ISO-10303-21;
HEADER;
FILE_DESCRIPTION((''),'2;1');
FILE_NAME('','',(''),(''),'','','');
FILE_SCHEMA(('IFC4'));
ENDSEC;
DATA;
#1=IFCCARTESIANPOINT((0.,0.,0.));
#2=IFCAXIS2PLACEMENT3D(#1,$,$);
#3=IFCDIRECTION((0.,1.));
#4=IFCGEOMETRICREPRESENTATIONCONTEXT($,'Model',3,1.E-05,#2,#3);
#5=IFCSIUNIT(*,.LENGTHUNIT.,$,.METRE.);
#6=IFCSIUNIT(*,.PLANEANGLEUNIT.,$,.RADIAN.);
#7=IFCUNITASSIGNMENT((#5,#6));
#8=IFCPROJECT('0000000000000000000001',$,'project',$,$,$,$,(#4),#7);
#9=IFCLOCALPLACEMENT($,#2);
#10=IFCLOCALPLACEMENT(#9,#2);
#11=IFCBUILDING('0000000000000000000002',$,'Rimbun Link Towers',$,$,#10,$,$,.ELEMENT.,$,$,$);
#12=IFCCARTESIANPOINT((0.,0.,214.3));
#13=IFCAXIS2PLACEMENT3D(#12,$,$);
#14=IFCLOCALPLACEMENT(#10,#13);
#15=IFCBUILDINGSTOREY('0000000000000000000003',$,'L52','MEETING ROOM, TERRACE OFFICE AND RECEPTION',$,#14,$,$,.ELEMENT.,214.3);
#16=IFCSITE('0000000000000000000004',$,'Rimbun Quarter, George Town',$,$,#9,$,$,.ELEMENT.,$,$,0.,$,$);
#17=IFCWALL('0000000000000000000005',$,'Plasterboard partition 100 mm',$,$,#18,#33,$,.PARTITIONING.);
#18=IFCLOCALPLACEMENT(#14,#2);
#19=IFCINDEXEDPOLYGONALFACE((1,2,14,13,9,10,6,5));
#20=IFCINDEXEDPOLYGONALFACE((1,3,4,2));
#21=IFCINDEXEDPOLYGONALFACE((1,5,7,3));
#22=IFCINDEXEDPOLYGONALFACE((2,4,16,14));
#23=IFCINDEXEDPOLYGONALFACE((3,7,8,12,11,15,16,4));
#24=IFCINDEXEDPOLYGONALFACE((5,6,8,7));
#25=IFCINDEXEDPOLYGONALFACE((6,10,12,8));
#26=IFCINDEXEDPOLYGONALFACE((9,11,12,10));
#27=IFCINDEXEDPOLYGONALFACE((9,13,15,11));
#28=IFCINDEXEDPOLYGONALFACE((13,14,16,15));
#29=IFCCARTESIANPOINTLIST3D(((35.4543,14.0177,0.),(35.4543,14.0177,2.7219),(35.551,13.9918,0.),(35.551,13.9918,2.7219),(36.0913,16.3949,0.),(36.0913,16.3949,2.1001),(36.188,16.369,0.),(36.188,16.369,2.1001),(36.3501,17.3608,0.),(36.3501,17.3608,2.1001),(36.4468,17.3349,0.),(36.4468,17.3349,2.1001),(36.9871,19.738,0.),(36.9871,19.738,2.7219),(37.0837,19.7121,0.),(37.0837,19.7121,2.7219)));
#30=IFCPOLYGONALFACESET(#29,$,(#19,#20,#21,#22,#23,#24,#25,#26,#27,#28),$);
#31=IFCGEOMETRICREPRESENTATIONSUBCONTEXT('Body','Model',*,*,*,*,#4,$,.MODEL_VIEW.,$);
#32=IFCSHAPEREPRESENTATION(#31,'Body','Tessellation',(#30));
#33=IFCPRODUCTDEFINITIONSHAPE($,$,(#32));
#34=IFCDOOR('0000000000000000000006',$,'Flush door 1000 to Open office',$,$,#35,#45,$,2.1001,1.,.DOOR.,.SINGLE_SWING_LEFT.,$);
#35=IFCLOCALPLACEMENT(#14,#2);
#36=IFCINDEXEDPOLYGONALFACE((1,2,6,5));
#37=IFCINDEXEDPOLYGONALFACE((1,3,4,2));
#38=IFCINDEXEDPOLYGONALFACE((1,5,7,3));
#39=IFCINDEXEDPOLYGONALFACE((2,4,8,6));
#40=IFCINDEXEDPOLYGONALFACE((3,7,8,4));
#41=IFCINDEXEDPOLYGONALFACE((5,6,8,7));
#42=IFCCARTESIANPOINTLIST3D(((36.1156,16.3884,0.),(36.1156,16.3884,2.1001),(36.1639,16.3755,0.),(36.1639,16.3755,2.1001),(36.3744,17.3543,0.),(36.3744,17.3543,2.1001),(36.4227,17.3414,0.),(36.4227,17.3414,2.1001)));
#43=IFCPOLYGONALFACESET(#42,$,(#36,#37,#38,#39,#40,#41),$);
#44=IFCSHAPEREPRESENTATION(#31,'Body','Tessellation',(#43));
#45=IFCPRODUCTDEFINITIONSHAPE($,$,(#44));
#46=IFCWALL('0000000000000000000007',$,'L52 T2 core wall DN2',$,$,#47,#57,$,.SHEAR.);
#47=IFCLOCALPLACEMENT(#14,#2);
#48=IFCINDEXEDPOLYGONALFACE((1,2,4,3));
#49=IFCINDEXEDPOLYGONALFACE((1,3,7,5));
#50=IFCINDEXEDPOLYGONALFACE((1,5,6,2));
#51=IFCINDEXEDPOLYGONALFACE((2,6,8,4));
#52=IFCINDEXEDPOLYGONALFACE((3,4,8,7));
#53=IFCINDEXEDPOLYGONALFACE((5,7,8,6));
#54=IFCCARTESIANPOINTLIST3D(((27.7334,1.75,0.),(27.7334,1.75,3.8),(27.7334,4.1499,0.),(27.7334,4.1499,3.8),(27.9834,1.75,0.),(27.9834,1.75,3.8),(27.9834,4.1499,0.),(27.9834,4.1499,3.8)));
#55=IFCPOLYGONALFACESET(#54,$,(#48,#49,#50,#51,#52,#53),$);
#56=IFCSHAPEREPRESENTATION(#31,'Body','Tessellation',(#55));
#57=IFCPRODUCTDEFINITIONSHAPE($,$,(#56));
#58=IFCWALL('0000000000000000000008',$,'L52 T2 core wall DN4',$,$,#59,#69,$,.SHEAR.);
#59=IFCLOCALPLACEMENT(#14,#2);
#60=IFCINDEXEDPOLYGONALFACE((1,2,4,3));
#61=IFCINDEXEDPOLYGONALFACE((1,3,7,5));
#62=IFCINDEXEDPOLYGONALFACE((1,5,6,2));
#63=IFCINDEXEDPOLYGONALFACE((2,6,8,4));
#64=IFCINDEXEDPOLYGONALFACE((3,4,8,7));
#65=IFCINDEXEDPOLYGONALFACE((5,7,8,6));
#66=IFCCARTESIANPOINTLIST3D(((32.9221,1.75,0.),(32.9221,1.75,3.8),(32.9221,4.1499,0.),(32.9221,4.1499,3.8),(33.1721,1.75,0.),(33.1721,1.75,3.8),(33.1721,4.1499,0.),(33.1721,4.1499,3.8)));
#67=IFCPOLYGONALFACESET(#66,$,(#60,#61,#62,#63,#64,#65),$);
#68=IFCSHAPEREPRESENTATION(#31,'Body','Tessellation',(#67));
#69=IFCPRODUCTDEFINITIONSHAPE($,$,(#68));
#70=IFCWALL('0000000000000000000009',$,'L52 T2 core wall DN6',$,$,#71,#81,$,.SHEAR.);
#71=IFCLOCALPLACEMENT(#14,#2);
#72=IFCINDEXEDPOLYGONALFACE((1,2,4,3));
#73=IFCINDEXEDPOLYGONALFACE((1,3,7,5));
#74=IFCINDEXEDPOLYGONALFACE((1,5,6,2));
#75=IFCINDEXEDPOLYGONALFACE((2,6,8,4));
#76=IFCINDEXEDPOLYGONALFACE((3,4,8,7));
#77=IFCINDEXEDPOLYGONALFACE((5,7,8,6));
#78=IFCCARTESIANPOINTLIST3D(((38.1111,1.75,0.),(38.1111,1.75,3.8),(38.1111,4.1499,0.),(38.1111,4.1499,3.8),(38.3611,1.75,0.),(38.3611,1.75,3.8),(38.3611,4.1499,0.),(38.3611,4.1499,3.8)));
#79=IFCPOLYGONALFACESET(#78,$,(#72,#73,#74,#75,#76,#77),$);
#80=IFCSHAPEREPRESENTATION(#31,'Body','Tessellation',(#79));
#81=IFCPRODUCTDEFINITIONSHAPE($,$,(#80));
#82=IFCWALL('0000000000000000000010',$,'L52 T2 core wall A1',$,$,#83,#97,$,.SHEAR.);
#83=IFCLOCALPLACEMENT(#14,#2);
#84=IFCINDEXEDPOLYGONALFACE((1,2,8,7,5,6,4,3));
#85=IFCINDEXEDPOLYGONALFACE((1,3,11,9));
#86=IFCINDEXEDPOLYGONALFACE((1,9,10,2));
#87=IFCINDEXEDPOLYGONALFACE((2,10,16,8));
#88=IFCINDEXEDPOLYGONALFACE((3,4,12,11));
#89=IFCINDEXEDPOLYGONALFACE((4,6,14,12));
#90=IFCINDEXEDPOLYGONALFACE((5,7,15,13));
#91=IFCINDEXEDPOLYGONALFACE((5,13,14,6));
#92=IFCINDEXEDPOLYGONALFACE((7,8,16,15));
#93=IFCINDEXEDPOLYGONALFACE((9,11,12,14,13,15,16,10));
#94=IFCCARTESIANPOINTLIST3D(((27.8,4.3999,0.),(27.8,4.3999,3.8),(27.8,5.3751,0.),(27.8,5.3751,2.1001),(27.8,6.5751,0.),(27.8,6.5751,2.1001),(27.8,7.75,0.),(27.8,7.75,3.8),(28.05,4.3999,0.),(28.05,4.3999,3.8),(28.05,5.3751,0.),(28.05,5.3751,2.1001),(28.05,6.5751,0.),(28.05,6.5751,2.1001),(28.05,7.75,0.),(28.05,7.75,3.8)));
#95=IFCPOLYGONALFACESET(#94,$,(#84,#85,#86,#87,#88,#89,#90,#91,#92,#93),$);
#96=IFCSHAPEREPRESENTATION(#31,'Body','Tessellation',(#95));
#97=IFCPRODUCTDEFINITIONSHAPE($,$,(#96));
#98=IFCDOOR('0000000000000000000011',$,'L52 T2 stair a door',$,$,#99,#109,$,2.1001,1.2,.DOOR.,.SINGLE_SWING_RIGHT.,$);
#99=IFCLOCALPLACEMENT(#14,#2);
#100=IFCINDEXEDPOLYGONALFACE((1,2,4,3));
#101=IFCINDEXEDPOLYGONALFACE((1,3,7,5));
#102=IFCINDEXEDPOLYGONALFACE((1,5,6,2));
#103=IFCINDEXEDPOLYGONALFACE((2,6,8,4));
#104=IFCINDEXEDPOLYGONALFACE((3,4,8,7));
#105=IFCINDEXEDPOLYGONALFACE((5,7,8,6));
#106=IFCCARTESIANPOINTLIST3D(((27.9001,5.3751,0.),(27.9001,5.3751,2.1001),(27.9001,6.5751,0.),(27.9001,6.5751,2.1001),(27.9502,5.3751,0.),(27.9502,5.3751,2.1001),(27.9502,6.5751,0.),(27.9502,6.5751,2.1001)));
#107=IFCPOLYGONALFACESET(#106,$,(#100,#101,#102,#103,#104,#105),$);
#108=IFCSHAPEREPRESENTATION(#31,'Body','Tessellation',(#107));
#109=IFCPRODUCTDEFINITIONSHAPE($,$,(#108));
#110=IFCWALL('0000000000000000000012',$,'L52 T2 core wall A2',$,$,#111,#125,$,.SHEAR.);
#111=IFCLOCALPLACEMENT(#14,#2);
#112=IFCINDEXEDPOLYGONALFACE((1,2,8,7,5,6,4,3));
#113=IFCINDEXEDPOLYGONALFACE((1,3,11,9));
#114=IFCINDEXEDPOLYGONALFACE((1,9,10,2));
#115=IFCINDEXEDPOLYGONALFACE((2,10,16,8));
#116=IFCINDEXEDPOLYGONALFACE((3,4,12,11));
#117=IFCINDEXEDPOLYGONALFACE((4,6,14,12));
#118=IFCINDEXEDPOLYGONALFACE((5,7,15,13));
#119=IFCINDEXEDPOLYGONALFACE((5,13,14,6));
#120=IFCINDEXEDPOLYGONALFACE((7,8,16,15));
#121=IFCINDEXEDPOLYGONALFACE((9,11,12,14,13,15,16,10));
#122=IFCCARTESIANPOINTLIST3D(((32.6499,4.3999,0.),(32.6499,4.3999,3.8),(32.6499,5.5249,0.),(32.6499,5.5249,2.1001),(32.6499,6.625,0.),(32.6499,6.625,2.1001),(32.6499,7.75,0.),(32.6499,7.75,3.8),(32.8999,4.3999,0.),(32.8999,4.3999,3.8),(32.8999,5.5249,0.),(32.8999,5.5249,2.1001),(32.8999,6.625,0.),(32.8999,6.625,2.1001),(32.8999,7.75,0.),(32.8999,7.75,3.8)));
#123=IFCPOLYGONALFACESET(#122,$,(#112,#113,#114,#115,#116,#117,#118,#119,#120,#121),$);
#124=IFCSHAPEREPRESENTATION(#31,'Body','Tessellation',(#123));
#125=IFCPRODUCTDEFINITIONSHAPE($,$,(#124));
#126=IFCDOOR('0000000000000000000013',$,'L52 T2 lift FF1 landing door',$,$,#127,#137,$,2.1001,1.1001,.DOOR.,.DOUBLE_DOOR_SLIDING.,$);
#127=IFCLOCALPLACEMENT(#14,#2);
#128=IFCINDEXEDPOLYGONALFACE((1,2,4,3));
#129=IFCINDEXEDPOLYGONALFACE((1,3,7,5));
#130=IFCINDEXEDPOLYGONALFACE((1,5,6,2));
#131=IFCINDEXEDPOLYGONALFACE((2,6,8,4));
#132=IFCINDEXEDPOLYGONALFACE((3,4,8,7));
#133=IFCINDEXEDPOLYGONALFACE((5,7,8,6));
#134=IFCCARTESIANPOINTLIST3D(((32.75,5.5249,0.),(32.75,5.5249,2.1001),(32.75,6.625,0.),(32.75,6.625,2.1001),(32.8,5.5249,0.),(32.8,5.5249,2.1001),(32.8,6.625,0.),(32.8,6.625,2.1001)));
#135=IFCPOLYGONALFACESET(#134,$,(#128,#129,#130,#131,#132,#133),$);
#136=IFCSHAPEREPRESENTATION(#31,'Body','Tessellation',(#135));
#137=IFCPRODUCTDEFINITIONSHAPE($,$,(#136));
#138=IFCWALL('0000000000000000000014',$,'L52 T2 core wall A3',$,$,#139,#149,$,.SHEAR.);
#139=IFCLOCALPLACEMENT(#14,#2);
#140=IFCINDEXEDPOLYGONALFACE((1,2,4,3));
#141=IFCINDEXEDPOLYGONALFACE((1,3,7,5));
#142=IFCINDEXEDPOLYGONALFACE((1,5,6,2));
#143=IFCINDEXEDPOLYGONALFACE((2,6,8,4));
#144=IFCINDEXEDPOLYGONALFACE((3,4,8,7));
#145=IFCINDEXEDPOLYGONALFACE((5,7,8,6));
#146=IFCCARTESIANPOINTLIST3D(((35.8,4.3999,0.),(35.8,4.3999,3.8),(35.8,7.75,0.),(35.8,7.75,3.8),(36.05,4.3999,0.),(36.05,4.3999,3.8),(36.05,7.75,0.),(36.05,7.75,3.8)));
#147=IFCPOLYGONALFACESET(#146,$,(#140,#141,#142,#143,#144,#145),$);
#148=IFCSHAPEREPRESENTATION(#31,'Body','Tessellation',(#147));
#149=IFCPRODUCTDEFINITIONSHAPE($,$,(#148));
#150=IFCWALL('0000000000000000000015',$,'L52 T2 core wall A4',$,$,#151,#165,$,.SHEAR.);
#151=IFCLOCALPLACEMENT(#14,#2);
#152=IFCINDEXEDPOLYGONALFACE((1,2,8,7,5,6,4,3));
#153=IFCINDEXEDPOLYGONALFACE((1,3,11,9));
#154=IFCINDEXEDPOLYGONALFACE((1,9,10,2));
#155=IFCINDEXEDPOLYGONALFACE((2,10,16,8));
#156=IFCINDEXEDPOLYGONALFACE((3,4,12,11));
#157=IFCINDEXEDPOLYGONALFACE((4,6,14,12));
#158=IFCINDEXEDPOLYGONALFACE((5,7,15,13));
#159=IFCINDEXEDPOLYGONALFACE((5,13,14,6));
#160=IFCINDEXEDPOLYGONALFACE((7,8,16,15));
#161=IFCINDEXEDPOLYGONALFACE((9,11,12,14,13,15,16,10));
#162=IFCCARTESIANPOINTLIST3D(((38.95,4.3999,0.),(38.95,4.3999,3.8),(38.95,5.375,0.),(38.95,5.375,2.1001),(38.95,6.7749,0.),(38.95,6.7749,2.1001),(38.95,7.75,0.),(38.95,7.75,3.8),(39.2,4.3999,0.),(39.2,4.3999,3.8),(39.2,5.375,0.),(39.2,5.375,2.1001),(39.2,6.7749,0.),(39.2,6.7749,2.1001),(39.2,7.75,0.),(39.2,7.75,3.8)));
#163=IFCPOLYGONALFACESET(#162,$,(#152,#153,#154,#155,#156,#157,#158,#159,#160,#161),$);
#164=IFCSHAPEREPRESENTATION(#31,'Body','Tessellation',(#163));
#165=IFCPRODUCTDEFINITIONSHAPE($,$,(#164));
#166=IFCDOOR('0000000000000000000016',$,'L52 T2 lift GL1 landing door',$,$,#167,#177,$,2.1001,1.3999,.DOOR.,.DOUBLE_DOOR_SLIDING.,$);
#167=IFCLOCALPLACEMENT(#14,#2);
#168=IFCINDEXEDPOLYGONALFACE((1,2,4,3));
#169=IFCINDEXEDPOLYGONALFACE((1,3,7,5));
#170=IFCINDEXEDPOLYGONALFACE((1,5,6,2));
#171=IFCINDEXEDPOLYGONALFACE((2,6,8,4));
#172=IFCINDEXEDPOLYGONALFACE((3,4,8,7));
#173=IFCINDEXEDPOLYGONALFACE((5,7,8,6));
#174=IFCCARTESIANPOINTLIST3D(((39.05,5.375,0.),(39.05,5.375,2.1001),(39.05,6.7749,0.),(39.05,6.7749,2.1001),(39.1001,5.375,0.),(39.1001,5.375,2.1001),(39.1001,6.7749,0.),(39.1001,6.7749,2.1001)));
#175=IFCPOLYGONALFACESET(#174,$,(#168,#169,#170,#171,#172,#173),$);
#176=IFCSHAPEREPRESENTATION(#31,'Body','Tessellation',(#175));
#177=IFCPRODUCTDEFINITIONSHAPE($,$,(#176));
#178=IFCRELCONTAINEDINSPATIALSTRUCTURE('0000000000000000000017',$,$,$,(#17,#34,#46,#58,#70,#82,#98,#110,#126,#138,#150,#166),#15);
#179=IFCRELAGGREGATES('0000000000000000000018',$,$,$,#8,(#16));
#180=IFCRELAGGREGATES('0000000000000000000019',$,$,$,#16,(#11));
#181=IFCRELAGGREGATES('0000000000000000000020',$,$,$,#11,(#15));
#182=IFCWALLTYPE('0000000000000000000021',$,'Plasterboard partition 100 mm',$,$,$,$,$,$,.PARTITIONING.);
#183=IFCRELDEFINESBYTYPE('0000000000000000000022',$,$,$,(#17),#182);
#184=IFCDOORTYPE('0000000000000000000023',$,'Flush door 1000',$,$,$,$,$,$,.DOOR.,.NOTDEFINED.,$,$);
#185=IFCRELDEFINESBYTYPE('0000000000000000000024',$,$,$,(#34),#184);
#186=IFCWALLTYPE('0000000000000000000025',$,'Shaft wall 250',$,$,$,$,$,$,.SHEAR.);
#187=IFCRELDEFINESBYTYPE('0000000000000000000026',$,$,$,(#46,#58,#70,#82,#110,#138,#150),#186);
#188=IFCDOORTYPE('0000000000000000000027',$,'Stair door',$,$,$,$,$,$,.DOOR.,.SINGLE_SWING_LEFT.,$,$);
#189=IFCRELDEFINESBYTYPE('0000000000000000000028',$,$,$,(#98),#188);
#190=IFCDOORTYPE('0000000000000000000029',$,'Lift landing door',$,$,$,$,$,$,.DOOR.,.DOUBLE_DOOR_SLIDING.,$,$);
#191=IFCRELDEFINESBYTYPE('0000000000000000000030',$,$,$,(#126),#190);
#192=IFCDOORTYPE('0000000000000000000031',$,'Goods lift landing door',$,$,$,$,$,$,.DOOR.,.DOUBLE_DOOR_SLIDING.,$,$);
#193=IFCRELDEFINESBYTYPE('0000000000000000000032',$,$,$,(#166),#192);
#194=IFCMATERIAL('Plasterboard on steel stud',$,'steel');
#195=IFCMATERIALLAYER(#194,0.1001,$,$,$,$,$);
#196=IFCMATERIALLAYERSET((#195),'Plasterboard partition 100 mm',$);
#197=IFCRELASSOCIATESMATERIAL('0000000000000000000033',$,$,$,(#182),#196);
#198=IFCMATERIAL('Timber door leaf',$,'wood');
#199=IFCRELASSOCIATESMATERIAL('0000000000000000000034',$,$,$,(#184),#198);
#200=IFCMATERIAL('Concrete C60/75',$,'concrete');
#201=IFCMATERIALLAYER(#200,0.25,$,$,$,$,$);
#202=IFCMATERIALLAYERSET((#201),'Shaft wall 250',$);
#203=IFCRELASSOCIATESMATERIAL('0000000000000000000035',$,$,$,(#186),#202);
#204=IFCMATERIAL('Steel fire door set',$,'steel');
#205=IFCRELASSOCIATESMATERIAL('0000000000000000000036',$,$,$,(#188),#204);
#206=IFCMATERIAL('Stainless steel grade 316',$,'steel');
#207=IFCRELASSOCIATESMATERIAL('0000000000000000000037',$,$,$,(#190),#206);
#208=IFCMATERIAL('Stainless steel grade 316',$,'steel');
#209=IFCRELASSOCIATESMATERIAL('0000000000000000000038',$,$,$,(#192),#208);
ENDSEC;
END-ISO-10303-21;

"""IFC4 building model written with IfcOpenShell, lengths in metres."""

from ifc_helpers import new_model, si_unit, direction, frame, frame_2d, origin, place, context, subcontext, project, spatial, rectangle, extrude, material, layer, layer_set, type_object, element, fill, save


model = new_model("IFC4")

# Units and contexts
model_context = context("Model", 3, precision=1e-05, world=origin(), true_north=direction((0.0, 1.0)))
body_context = subcontext(model_context, "Body", "Model", "MODEL_VIEW")
ifc_project = project(units=[si_unit("LENGTHUNIT", "METRE"), si_unit("PLANEANGLEUNIT", "RADIAN")], contexts=[model_context])

# Site, building, storey
site_placement = place(None, origin())
site = spatial("IfcSite", under=ifc_project, at=site_placement, Name="Rimbun Quarter, George Town", CompositionType="ELEMENT", RefElevation=0.0)
building_placement = place(site_placement, origin())
building = spatial("IfcBuilding", under=site, at=building_placement, Name="Rimbun Link Towers", CompositionType="ELEMENT")
storey_placement = place(building_placement, frame((0.0, 0.0, 214.3)))
storey = spatial("IfcBuildingStorey", under=building, at=storey_placement, Name="L52", Description="MEETING ROOM, TERRACE OFFICE AND RECEPTION", CompositionType="ELEMENT", Elevation=214.3)

# Wall, opening, door
ifc_material_1 = material(Name="Plasterboard on steel stud", Category="steel")
ifc_layer_1 = layer(ifc_material_1, 0.1001)
ifc_layer_set_1 = layer_set([ifc_layer_1], Name="Plasterboard partition 100 mm")
wall_type_1 = type_object("IfcWallType", Name="Plasterboard partition 100 mm", PredefinedType="PARTITIONING", material=ifc_layer_set_1)
wall_1_placement = place(storey_placement, frame((35.5027, 14.0049, 0.0), z_axis=(0.0, 0.0, 1.0), x_axis=(0.258817, 0.965926, 0.0)))
wall_1 = element("IfcWall", 1, at=wall_1_placement, inside=storey, type_object=wall_type_1, Name="Plasterboard partition 100 mm", PredefinedType="PARTITIONING", context=body_context, shape_type="SweptSolid", body=[
    extrude(rectangle(XDim=5.9221, YDim=0.1001, at=frame_2d((2.9609, 0.0))), origin(), (0.0, 0.0, 1.0), 2.7219),
])
opening_1_placement = place(wall_1_placement, frame((2.4609, 0.0, 0.0)))
opening_1 = element("IfcOpeningElement", 2, at=opening_1_placement, cuts=wall_1, PredefinedType="OPENING", context=body_context, shape_type="SweptSolid", body=[
    extrude(rectangle(XDim=1.0, YDim=2.1001, at=frame_2d((0.5, 1.05))), frame((0.0, 0.0601, 0.0), z_axis=(0.0, -1.0, 0.0), x_axis=(1.0, 0.0, 0.0)), (0.0, 0.0, 1.0), 0.1201),
])
ifc_material_2 = material(Name="Timber door leaf", Category="wood")
door_type_1 = type_object("IfcDoorType", Name="Flush door 1000", OperationType="NOTDEFINED", PredefinedType="DOOR", material=ifc_material_2)
door_1_placement = place(opening_1_placement, origin())
door_1 = element("IfcDoor", 3, at=door_1_placement, inside=storey, type_object=door_type_1, Name="Flush door 1000 to Open office", OperationType="SINGLE_SWING_LEFT", OverallHeight=2.1001, OverallWidth=1.0, PredefinedType="DOOR", context=body_context, shape_type="SweptSolid", body=[
    extrude(rectangle(XDim=1.0, YDim=2.1001, at=frame_2d((0.5, 1.05))), frame((0.0, 0.0249, 0.0), z_axis=(0.0, -1.0, 0.0), x_axis=(1.0, 0.0, 0.0)), (0.0, 0.0, 1.0), 0.05),
])
fill(opening_1, door_1)

# Walls
ifc_material_3 = material(Name="Concrete C60/75", Category="concrete")
ifc_layer_2 = layer(ifc_material_3, 0.25)
ifc_layer_set_2 = layer_set([ifc_layer_2], Name="Shaft wall 250")
wall_type_2 = type_object("IfcWallType", Name="Shaft wall 250", PredefinedType="SHEAR", material=ifc_layer_set_2)
for number, where, z_axis, x_axis, name in (
    (4, (27.8584, 1.75, 0.0), (0.0, 0.0, 1.0), (0.0, 1.0, 0.0), "L52 T2 core wall DN2"),
    (5, (33.0471, 1.75, 0.0), (0.0, 0.0, 1.0), (0.0, 1.0, 0.0), "L52 T2 core wall DN4"),
    (6, (38.2361, 1.75, 0.0), (0.0, 0.0, 1.0), (0.0, 1.0, 0.0), "L52 T2 core wall DN6"),
):
    element("IfcWall", number, at=place(storey_placement, frame(where, z_axis=z_axis, x_axis=x_axis)), inside=storey, type_object=wall_type_2, Name=name, PredefinedType="SHEAR", context=body_context, shape_type="SweptSolid", body=[
        extrude(rectangle(XDim=2.3999, YDim=0.25, at=frame_2d((1.2, 0.0))), origin(), (0.0, 0.0, 1.0), 3.8),
    ])

# Walls, openings, doors
wall_2_placement = place(storey_placement, frame((27.925, 4.3999, 0.0), z_axis=(0.0, 0.0, 1.0), x_axis=(0.0, 1.0, 0.0)))
wall_2 = element("IfcWall", 7, at=wall_2_placement, inside=storey, type_object=wall_type_2, Name="L52 T2 core wall A1", PredefinedType="SHEAR", context=body_context, shape_type="SweptSolid", body=[
    extrude(rectangle(XDim=3.3501, YDim=0.25, at=frame_2d((1.675, 0.0))), origin(), (0.0, 0.0, 1.0), 3.8),
])
opening_2_placement = place(wall_2_placement, frame((0.9751, 0.0, 0.0)))
opening_2 = element("IfcOpeningElement", 8, at=opening_2_placement, cuts=wall_2, PredefinedType="OPENING", context=body_context, shape_type="SweptSolid", body=[
    extrude(rectangle(XDim=1.2, YDim=2.1001, at=frame_2d((0.6001, 1.05))), frame((0.0, 0.135, 0.0), z_axis=(0.0, -1.0, 0.0), x_axis=(1.0, 0.0, 0.0)), (0.0, 0.0, 1.0), 0.27),
])
ifc_material_4 = material(Name="Steel fire door set", Category="steel")
door_type_2 = type_object("IfcDoorType", Name="Stair door", OperationType="SINGLE_SWING_LEFT", PredefinedType="DOOR", material=ifc_material_4)
door_2_placement = place(opening_2_placement, origin())
door_2 = element("IfcDoor", 9, at=door_2_placement, inside=storey, type_object=door_type_2, Name="L52 T2 stair a door", OperationType="SINGLE_SWING_RIGHT", OverallHeight=2.1001, OverallWidth=1.2, PredefinedType="DOOR", context=body_context, shape_type="SweptSolid", body=[
    extrude(rectangle(XDim=1.2, YDim=2.1001, at=frame_2d((0.6001, 1.05))), frame((0.0, 0.0249, 0.0), z_axis=(0.0, -1.0, 0.0), x_axis=(1.0, 0.0, 0.0)), (0.0, 0.0, 1.0), 0.05),
])
fill(opening_2, door_2)
wall_3_placement = place(storey_placement, frame((32.7749, 4.3999, 0.0), z_axis=(0.0, 0.0, 1.0), x_axis=(0.0, 1.0, 0.0)))
wall_3 = element("IfcWall", 10, at=wall_3_placement, inside=storey, type_object=wall_type_2, Name="L52 T2 core wall A2", PredefinedType="SHEAR", context=body_context, shape_type="SweptSolid", body=[
    extrude(rectangle(XDim=3.3501, YDim=0.25, at=frame_2d((1.675, 0.0))), origin(), (0.0, 0.0, 1.0), 3.8),
])
opening_3_placement = place(wall_3_placement, frame((1.125, 0.0, 0.0)))
opening_3 = element("IfcOpeningElement", 11, at=opening_3_placement, cuts=wall_3, PredefinedType="OPENING", context=body_context, shape_type="SweptSolid", body=[
    extrude(rectangle(XDim=1.1001, YDim=2.1001, at=frame_2d((0.55, 1.05))), frame((0.0, 0.135, 0.0), z_axis=(0.0, -1.0, 0.0), x_axis=(1.0, 0.0, 0.0)), (0.0, 0.0, 1.0), 0.27),
])
ifc_material_5 = material(Name="Stainless steel grade 316", Category="steel")
door_type_3 = type_object("IfcDoorType", Name="Lift landing door", OperationType="DOUBLE_DOOR_SLIDING", PredefinedType="DOOR", material=ifc_material_5)
door_3_placement = place(opening_3_placement, origin())
door_3 = element("IfcDoor", 12, at=door_3_placement, inside=storey, type_object=door_type_3, Name="L52 T2 lift FF1 landing door", OperationType="DOUBLE_DOOR_SLIDING", OverallHeight=2.1001, OverallWidth=1.1001, PredefinedType="DOOR", context=body_context, shape_type="SweptSolid", body=[
    extrude(rectangle(XDim=1.1001, YDim=2.1001, at=frame_2d((0.55, 1.05))), frame((0.0, 0.0249, 0.0), z_axis=(0.0, -1.0, 0.0), x_axis=(1.0, 0.0, 0.0)), (0.0, 0.0, 1.0), 0.05),
])
fill(opening_3, door_3)

# Wall
wall_4_placement = place(storey_placement, frame((35.925, 4.3999, 0.0), z_axis=(0.0, 0.0, 1.0), x_axis=(0.0, 1.0, 0.0)))
element("IfcWall", 13, at=wall_4_placement, inside=storey, type_object=wall_type_2, Name="L52 T2 core wall A3", PredefinedType="SHEAR", context=body_context, shape_type="SweptSolid", body=[
    extrude(rectangle(XDim=3.3501, YDim=0.25, at=frame_2d((1.675, 0.0))), origin(), (0.0, 0.0, 1.0), 3.8),
])

# Wall, opening, door
wall_5_placement = place(storey_placement, frame((39.075, 4.3999, 0.0), z_axis=(0.0, 0.0, 1.0), x_axis=(0.0, 1.0, 0.0)))
wall_5 = element("IfcWall", 14, at=wall_5_placement, inside=storey, type_object=wall_type_2, Name="L52 T2 core wall A4", PredefinedType="SHEAR", context=body_context, shape_type="SweptSolid", body=[
    extrude(rectangle(XDim=3.3501, YDim=0.25, at=frame_2d((1.675, 0.0))), origin(), (0.0, 0.0, 1.0), 3.8),
])
opening_4_placement = place(wall_5_placement, frame((0.9751, 0.0, 0.0)))
opening_4 = element("IfcOpeningElement", 15, at=opening_4_placement, cuts=wall_5, PredefinedType="OPENING", context=body_context, shape_type="SweptSolid", body=[
    extrude(rectangle(XDim=1.3999, YDim=2.1001, at=frame_2d((0.7, 1.05))), frame((0.0, 0.135, 0.0), z_axis=(0.0, -1.0, 0.0), x_axis=(1.0, 0.0, 0.0)), (0.0, 0.0, 1.0), 0.27),
])
ifc_material_6 = material(Name="Stainless steel grade 316", Category="steel")
door_type_4 = type_object("IfcDoorType", Name="Goods lift landing door", OperationType="DOUBLE_DOOR_SLIDING", PredefinedType="DOOR", material=ifc_material_6)
door_4_placement = place(opening_4_placement, origin())
door_4 = element("IfcDoor", 16, at=door_4_placement, inside=storey, type_object=door_type_4, Name="L52 T2 lift GL1 landing door", OperationType="DOUBLE_DOOR_SLIDING", OverallHeight=2.1001, OverallWidth=1.3999, PredefinedType="DOOR", context=body_context, shape_type="SweptSolid", body=[
    extrude(rectangle(XDim=1.3999, YDim=2.1001, at=frame_2d((0.7, 1.05))), frame((0.0, 0.0249, 0.0), z_axis=(0.0, -1.0, 0.0), x_axis=(1.0, 0.0, 0.0)), (0.0, 0.0, 1.0), 0.05),
])
fill(opening_4, door_4)

save(model, "model.ifc")
